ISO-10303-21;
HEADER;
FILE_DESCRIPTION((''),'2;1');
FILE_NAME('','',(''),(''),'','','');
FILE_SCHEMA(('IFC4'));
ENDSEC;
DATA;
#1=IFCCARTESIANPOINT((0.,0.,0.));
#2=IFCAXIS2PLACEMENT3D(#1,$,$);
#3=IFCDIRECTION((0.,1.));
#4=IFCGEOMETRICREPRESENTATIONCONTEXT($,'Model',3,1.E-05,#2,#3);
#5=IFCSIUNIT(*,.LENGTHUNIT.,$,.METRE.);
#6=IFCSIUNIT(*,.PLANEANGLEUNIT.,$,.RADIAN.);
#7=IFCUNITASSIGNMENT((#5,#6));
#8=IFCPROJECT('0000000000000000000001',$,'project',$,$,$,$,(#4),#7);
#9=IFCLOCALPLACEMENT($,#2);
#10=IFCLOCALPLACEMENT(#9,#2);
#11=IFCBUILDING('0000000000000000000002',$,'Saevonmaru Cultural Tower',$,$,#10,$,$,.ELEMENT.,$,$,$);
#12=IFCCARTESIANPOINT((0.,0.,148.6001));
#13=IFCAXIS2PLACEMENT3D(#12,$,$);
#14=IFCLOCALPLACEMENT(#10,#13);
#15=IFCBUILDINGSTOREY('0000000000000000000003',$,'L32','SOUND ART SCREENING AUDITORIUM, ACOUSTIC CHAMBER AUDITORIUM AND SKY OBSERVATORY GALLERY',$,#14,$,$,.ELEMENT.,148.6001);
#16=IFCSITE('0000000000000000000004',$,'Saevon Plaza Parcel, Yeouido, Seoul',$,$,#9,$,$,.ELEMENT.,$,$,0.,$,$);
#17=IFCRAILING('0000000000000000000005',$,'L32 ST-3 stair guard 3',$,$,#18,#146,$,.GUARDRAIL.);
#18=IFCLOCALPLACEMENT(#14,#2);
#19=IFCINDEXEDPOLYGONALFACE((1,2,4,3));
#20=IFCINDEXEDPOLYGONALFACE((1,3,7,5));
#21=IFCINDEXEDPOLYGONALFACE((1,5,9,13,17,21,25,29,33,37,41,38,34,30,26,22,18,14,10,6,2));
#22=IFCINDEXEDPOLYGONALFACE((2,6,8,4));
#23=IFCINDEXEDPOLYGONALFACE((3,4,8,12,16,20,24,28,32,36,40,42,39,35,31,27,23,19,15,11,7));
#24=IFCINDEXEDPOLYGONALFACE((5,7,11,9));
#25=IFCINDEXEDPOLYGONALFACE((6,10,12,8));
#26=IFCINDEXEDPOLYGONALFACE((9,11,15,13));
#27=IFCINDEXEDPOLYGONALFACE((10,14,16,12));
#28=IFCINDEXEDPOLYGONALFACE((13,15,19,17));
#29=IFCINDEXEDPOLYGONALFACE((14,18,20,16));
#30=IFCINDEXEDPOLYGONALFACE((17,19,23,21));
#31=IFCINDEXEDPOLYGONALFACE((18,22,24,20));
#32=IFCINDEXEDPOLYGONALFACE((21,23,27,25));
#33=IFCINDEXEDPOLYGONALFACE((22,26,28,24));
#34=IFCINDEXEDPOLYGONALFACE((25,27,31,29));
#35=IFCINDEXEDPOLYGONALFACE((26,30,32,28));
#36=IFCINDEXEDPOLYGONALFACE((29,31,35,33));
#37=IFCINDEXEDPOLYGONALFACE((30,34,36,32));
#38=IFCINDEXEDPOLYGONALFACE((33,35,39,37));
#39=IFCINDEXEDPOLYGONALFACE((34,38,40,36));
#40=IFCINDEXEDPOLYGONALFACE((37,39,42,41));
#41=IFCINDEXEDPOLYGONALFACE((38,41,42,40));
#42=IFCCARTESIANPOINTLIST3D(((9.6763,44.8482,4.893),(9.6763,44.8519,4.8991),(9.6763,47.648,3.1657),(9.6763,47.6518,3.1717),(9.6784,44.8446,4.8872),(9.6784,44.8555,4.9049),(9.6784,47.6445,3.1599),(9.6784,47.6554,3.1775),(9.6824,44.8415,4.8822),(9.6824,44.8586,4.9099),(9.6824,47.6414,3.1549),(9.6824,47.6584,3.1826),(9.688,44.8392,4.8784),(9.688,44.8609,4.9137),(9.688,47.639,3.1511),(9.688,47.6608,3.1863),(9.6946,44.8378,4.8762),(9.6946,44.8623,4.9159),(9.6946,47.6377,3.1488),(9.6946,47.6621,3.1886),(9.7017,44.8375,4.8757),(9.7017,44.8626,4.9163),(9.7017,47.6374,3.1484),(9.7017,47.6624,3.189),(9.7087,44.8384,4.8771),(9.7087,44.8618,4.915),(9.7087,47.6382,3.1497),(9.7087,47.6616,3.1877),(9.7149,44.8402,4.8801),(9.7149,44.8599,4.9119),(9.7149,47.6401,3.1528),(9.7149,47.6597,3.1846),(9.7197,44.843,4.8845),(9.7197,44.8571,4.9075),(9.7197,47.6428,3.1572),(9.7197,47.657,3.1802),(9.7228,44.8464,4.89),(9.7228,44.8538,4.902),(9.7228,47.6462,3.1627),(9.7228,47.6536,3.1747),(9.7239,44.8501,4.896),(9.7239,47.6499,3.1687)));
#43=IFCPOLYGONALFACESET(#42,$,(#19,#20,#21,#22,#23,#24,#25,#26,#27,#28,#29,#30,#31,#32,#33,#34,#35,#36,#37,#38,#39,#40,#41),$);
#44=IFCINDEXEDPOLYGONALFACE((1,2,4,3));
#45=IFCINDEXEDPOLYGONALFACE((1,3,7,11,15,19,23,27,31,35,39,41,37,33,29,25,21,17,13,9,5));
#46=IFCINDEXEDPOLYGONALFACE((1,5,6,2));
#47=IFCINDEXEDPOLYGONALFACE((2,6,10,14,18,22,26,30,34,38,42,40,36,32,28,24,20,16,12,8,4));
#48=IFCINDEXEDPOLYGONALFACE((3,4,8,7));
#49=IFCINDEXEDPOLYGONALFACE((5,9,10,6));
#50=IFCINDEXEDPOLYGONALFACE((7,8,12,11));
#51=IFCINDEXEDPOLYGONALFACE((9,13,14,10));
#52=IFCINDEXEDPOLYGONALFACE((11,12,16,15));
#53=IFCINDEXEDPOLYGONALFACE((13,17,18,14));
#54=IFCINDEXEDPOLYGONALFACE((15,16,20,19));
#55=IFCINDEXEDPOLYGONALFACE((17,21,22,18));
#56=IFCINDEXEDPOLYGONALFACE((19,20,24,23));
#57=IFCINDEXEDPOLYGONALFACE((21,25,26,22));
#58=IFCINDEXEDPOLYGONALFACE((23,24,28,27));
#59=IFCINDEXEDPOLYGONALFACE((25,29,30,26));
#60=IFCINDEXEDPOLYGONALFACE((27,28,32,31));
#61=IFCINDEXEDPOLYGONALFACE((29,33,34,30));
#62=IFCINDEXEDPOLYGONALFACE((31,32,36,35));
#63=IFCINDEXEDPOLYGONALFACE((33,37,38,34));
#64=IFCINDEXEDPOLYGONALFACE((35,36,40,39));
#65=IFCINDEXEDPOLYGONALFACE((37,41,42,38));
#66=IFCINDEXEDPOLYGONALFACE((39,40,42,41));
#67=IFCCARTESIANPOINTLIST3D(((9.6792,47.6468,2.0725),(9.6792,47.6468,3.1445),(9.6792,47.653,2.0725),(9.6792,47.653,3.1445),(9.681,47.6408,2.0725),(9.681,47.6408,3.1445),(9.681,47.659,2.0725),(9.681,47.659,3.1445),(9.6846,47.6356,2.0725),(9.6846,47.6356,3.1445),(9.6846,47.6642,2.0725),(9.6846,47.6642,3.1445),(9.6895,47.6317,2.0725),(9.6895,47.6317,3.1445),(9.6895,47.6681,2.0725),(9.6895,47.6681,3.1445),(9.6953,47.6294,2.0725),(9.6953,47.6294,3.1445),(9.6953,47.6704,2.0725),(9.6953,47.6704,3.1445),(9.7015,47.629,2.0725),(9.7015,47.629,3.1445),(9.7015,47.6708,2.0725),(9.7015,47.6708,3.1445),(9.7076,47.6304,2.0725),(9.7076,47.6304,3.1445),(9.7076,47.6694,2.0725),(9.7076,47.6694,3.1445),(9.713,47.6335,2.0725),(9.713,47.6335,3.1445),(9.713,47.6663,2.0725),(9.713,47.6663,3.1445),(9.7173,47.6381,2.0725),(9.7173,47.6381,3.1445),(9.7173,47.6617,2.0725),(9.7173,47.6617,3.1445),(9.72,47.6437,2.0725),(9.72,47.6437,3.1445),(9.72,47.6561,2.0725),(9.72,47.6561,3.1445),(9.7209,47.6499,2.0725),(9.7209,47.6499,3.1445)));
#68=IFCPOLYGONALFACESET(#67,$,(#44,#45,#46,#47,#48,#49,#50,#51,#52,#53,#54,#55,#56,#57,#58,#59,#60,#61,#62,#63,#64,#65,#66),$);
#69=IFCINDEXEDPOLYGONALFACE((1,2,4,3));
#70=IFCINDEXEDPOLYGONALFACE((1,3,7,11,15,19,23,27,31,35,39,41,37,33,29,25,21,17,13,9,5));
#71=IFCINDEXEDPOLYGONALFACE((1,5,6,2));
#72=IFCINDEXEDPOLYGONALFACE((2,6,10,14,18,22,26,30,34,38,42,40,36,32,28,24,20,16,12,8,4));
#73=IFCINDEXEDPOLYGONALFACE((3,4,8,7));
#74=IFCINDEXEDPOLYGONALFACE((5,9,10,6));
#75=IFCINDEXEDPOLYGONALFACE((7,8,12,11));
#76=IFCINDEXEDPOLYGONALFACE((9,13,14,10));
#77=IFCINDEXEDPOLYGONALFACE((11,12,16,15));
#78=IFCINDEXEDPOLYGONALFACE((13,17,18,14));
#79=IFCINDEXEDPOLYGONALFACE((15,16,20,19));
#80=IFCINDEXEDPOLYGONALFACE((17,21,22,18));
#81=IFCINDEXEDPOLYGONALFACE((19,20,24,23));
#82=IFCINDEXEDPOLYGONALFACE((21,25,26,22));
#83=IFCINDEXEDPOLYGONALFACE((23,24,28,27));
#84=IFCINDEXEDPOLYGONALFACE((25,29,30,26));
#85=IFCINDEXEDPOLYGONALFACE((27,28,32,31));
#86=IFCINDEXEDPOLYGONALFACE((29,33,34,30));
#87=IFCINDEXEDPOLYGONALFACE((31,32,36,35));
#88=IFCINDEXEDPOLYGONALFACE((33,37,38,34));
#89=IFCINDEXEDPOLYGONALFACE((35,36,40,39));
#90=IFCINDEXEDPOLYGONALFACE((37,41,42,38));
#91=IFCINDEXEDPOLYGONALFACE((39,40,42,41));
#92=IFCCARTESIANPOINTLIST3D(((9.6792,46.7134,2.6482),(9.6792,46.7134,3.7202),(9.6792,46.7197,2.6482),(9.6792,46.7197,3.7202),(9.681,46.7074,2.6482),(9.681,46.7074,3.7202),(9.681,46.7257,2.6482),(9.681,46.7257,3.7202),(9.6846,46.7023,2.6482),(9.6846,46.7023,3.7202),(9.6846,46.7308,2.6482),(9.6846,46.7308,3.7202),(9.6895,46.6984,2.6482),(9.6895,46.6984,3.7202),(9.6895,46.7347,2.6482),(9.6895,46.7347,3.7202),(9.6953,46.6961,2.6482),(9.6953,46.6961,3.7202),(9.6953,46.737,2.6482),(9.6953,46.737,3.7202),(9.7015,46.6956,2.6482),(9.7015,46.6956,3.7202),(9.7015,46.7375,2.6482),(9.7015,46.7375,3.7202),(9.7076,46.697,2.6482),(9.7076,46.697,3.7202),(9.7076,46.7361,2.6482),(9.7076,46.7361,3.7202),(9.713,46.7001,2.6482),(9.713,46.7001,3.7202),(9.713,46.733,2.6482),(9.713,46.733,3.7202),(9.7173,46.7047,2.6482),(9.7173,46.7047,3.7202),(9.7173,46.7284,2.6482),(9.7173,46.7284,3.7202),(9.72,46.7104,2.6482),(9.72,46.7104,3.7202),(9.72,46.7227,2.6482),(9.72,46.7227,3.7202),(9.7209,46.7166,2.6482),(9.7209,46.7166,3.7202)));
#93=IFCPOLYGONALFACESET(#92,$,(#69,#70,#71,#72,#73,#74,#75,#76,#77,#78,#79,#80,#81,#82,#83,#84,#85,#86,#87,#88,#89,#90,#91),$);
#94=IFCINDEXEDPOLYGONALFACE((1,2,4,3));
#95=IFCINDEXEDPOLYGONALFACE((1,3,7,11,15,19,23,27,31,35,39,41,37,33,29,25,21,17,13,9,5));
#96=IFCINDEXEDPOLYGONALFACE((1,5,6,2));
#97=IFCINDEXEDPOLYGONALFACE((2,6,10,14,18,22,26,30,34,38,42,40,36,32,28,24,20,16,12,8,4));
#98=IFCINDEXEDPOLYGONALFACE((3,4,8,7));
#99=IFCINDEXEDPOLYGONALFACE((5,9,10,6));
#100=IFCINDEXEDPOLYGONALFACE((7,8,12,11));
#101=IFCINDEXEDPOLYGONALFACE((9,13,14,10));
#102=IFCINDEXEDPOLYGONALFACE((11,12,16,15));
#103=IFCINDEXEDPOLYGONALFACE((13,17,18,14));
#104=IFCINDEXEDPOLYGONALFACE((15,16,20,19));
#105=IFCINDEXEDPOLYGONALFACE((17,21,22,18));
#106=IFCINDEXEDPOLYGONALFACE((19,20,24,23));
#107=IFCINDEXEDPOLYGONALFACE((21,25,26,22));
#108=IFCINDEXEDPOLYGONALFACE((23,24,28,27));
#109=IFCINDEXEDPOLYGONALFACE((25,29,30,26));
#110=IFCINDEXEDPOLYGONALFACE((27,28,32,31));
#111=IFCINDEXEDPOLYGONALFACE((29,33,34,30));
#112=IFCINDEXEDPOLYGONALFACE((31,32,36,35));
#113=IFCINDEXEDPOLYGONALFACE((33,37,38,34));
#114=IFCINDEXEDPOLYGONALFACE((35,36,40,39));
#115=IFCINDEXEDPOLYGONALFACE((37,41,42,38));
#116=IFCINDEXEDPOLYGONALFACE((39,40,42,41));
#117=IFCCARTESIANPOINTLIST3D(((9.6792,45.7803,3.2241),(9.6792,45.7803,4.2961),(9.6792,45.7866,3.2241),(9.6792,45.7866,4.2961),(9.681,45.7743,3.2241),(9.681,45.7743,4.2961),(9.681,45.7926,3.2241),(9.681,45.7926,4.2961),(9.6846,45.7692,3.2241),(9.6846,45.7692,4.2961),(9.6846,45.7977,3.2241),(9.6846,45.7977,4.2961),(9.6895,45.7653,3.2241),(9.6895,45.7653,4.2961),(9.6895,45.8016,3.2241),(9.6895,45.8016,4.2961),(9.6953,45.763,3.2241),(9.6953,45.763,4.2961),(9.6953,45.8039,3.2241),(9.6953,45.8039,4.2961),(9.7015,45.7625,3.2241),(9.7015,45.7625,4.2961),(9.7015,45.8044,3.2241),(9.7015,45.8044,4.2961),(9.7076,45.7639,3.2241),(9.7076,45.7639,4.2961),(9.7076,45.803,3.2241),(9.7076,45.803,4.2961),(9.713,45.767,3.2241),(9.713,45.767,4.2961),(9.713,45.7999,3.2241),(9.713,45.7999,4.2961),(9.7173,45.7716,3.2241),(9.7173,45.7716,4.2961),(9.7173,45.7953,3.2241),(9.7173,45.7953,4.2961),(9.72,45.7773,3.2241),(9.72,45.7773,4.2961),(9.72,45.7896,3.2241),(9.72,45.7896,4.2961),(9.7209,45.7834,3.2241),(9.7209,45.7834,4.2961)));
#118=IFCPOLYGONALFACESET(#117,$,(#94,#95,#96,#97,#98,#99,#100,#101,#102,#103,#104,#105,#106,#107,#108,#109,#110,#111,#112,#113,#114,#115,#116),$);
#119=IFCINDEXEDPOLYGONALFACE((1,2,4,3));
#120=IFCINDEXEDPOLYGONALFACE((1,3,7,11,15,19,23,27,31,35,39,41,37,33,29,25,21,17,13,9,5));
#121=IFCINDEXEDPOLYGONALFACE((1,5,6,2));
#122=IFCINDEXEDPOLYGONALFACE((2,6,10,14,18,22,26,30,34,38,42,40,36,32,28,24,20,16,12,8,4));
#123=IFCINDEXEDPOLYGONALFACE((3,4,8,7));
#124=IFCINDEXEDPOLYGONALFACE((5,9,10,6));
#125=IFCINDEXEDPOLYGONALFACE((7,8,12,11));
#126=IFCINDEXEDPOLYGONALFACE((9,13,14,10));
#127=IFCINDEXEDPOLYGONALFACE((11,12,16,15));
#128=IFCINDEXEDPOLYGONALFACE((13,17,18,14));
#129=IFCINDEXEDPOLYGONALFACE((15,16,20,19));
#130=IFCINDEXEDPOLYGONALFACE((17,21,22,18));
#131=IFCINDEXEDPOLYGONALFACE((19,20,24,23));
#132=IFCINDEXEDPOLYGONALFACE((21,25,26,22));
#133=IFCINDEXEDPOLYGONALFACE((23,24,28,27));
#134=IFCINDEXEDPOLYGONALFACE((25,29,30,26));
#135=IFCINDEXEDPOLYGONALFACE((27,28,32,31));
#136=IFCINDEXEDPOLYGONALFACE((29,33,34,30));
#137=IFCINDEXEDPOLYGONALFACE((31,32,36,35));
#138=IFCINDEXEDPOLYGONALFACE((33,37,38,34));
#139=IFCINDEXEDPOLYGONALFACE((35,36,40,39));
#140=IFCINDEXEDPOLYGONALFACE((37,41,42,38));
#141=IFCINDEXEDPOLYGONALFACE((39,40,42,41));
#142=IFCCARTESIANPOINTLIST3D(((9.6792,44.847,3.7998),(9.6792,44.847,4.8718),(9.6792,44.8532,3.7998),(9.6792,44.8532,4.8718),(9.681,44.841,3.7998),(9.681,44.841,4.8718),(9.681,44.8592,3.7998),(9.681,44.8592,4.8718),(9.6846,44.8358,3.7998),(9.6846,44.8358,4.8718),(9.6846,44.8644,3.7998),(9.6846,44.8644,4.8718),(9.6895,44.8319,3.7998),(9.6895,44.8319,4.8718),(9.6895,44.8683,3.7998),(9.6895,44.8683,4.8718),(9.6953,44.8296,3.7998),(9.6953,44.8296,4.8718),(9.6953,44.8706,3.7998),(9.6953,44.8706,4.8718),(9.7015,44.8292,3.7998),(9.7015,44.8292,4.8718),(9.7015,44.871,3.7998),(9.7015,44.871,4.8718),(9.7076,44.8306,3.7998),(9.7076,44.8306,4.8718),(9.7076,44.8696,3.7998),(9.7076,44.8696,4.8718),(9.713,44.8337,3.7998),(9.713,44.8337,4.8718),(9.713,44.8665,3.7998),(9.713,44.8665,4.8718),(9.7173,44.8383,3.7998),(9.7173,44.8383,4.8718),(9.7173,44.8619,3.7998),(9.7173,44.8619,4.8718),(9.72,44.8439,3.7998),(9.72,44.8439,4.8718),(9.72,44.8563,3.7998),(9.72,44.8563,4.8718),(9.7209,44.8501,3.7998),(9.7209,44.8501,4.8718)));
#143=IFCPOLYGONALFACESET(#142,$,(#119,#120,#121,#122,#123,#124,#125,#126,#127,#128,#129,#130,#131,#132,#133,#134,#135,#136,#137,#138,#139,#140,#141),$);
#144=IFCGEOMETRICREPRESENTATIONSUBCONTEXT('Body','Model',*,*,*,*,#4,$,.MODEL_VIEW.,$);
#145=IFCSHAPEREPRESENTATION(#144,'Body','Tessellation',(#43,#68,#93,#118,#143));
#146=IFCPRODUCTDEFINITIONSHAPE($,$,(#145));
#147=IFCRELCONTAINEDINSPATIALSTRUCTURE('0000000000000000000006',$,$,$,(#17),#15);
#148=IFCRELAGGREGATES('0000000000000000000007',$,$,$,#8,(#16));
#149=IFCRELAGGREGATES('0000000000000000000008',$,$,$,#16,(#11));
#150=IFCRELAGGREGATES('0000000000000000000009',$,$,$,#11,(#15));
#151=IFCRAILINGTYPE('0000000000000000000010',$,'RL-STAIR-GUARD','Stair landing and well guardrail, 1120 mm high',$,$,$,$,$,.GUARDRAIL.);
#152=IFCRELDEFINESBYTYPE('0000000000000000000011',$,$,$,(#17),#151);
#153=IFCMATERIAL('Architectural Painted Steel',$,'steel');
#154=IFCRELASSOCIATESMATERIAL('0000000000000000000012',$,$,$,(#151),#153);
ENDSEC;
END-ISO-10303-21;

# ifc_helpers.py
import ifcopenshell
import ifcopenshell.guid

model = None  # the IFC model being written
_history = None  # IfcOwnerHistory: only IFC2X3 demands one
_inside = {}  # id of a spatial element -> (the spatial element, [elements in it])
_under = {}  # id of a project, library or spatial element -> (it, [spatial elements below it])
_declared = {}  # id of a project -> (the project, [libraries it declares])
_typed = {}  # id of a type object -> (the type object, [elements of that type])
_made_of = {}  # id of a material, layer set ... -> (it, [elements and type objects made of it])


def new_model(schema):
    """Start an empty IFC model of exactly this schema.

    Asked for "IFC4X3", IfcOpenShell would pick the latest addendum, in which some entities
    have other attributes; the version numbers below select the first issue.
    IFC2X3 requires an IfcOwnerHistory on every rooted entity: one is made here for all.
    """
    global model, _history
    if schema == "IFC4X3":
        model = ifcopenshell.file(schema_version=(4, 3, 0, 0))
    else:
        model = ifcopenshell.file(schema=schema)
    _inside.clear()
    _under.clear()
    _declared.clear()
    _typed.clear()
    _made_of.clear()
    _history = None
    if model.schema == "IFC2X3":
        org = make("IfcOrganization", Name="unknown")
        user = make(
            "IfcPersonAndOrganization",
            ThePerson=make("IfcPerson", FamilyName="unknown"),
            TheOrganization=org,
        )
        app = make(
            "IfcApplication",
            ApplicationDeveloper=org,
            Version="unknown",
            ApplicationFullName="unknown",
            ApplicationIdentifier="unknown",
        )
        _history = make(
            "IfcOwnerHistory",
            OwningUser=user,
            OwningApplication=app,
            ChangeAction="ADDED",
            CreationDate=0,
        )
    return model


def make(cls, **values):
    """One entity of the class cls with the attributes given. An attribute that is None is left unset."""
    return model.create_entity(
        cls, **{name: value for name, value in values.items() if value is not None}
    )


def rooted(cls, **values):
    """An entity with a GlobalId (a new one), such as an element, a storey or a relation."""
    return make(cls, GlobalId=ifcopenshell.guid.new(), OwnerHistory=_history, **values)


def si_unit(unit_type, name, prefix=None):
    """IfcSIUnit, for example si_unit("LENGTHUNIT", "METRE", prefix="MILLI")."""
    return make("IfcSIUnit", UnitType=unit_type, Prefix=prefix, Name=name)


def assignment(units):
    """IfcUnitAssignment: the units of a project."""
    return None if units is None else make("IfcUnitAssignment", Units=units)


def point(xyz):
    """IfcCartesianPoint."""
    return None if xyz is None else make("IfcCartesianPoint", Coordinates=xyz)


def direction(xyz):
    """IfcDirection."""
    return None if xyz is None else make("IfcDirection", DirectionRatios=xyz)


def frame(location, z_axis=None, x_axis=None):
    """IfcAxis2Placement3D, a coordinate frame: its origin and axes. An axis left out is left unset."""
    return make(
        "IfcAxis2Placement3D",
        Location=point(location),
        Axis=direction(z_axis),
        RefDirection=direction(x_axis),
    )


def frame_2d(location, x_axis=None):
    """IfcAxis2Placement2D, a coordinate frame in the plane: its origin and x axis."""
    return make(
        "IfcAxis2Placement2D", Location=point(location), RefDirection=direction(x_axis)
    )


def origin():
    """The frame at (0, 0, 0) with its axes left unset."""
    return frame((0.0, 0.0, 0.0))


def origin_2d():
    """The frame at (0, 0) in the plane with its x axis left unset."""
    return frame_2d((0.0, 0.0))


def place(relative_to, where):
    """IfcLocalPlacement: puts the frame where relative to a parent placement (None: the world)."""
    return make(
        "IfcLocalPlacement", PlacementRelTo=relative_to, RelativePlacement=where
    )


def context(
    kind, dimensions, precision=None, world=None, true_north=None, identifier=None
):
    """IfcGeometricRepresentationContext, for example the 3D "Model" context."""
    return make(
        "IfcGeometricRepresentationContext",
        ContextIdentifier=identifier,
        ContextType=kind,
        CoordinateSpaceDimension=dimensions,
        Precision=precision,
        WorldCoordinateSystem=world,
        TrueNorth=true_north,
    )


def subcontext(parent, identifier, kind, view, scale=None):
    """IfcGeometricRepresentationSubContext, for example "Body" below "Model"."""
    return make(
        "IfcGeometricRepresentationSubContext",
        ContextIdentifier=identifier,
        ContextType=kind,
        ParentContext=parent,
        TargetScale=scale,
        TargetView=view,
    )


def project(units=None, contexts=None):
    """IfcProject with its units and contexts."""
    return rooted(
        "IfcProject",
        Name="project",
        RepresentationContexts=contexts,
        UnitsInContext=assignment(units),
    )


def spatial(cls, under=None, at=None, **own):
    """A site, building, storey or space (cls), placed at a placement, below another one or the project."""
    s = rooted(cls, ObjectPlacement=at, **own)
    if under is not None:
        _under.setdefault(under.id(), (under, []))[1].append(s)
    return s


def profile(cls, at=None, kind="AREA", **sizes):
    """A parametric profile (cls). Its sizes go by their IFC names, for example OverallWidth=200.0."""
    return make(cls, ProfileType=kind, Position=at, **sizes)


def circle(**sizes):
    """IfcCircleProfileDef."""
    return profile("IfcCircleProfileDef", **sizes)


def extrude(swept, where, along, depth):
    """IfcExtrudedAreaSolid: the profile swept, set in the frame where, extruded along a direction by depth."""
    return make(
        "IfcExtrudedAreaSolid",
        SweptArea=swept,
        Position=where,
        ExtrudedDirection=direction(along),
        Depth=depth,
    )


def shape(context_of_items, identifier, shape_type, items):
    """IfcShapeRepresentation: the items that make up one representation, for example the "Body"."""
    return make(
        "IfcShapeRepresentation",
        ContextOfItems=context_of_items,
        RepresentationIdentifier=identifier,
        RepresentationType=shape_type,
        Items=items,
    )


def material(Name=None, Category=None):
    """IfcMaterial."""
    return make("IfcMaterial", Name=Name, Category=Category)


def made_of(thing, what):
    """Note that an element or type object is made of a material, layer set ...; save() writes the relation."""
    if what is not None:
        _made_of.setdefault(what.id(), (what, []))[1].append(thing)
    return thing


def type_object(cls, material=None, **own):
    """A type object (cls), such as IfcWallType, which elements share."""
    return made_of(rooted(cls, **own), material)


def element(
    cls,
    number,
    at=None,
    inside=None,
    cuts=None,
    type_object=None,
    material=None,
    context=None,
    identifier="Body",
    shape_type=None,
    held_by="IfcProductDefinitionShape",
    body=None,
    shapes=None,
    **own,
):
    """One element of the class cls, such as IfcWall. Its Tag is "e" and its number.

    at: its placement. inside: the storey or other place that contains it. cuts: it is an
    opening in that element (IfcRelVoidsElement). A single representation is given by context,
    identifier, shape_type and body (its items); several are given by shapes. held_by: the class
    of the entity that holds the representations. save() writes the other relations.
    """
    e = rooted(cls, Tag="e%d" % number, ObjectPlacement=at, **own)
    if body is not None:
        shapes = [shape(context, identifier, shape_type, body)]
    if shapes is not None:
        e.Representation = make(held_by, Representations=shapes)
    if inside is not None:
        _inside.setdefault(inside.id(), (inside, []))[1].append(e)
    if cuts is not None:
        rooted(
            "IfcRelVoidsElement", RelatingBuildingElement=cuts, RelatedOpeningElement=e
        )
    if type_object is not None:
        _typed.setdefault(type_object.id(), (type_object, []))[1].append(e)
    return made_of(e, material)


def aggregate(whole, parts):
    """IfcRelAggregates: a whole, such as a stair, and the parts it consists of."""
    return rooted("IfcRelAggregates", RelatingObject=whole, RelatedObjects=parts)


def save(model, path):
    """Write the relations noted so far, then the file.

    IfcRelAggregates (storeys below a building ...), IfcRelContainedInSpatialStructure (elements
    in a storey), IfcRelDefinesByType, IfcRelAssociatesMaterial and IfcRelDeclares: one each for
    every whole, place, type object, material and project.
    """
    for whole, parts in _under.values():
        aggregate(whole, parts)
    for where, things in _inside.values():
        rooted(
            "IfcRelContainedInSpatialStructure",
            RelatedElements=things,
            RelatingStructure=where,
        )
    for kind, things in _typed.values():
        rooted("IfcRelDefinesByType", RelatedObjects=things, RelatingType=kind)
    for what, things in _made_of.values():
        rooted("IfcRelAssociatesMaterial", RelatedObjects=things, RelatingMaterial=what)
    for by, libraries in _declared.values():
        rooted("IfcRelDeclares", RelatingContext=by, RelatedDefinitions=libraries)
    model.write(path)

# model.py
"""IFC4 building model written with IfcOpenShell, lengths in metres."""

from ifc_helpers import new_model, si_unit, direction, frame, origin, origin_2d, place, context, subcontext, project, spatial, circle, extrude, material, type_object, element, save


model = new_model("IFC4")

# Units and contexts
model_context = context("Model", 3, precision=1e-05, world=origin(), true_north=direction((0.0, 1.0)))
body_context = subcontext(model_context, "Body", "Model", "MODEL_VIEW")
ifc_project = project(units=[si_unit("LENGTHUNIT", "METRE"), si_unit("PLANEANGLEUNIT", "RADIAN")], contexts=[model_context])

# Site, building, storey
site_placement = place(None, origin())
site = spatial("IfcSite", under=ifc_project, at=site_placement, Name="Saevon Plaza Parcel, Yeouido, Seoul", CompositionType="ELEMENT", RefElevation=0.0)
building_placement = place(site_placement, origin())
building = spatial("IfcBuilding", under=site, at=building_placement, Name="Saevonmaru Cultural Tower", CompositionType="ELEMENT")
storey_placement = place(building_placement, frame((0.0, 0.0, 148.6001)))
storey = spatial("IfcBuildingStorey", under=building, at=storey_placement, Name="L32", Description="SOUND ART SCREENING AUDITORIUM, ACOUSTIC CHAMBER AUDITORIUM AND SKY OBSERVATORY GALLERY", CompositionType="ELEMENT", Elevation=148.6001)

# Railing
ifc_material_1 = material(Name="Architectural Painted Steel", Category="steel")
railing_type_1 = type_object("IfcRailingType", Name="RL-STAIR-GUARD", Description="Stair landing and well guardrail, 1120 mm high", PredefinedType="GUARDRAIL", material=ifc_material_1)
railing_1_placement = place(storey_placement, frame((9.7, 47.6499, 2.0725)))
element("IfcRailing", 1, at=railing_1_placement, inside=storey, type_object=railing_type_1, Name="L32 ST-3 stair guard 3", PredefinedType="GUARDRAIL", context=body_context, shape_type="SweptSolid", body=[
    extrude(circle(Radius=0.0239, at=origin_2d()), frame((0.0, 0.0, 1.0962), z_axis=(0.0, -0.851069, 0.525054), x_axis=(1.0, 0.0, 0.0)), (0.0, 0.0, 1.0), 3.2898),
    extrude(circle(Radius=0.021, at=origin_2d()), origin(), (0.0, 0.0, 1.0), 1.072),
    extrude(circle(Radius=0.021, at=origin_2d()), frame((0.0, -0.9333, 0.5757)), (0.0, 0.0, 1.0), 1.072),
    extrude(circle(Radius=0.021, at=origin_2d()), frame((0.0, -1.8665, 1.1516)), (0.0, 0.0, 1.0), 1.072),
    extrude(circle(Radius=0.021, at=origin_2d()), frame((0.0, -2.7998, 1.7273)), (0.0, 0.0, 1.0), 1.072),
])

save(model, "model.ifc")
